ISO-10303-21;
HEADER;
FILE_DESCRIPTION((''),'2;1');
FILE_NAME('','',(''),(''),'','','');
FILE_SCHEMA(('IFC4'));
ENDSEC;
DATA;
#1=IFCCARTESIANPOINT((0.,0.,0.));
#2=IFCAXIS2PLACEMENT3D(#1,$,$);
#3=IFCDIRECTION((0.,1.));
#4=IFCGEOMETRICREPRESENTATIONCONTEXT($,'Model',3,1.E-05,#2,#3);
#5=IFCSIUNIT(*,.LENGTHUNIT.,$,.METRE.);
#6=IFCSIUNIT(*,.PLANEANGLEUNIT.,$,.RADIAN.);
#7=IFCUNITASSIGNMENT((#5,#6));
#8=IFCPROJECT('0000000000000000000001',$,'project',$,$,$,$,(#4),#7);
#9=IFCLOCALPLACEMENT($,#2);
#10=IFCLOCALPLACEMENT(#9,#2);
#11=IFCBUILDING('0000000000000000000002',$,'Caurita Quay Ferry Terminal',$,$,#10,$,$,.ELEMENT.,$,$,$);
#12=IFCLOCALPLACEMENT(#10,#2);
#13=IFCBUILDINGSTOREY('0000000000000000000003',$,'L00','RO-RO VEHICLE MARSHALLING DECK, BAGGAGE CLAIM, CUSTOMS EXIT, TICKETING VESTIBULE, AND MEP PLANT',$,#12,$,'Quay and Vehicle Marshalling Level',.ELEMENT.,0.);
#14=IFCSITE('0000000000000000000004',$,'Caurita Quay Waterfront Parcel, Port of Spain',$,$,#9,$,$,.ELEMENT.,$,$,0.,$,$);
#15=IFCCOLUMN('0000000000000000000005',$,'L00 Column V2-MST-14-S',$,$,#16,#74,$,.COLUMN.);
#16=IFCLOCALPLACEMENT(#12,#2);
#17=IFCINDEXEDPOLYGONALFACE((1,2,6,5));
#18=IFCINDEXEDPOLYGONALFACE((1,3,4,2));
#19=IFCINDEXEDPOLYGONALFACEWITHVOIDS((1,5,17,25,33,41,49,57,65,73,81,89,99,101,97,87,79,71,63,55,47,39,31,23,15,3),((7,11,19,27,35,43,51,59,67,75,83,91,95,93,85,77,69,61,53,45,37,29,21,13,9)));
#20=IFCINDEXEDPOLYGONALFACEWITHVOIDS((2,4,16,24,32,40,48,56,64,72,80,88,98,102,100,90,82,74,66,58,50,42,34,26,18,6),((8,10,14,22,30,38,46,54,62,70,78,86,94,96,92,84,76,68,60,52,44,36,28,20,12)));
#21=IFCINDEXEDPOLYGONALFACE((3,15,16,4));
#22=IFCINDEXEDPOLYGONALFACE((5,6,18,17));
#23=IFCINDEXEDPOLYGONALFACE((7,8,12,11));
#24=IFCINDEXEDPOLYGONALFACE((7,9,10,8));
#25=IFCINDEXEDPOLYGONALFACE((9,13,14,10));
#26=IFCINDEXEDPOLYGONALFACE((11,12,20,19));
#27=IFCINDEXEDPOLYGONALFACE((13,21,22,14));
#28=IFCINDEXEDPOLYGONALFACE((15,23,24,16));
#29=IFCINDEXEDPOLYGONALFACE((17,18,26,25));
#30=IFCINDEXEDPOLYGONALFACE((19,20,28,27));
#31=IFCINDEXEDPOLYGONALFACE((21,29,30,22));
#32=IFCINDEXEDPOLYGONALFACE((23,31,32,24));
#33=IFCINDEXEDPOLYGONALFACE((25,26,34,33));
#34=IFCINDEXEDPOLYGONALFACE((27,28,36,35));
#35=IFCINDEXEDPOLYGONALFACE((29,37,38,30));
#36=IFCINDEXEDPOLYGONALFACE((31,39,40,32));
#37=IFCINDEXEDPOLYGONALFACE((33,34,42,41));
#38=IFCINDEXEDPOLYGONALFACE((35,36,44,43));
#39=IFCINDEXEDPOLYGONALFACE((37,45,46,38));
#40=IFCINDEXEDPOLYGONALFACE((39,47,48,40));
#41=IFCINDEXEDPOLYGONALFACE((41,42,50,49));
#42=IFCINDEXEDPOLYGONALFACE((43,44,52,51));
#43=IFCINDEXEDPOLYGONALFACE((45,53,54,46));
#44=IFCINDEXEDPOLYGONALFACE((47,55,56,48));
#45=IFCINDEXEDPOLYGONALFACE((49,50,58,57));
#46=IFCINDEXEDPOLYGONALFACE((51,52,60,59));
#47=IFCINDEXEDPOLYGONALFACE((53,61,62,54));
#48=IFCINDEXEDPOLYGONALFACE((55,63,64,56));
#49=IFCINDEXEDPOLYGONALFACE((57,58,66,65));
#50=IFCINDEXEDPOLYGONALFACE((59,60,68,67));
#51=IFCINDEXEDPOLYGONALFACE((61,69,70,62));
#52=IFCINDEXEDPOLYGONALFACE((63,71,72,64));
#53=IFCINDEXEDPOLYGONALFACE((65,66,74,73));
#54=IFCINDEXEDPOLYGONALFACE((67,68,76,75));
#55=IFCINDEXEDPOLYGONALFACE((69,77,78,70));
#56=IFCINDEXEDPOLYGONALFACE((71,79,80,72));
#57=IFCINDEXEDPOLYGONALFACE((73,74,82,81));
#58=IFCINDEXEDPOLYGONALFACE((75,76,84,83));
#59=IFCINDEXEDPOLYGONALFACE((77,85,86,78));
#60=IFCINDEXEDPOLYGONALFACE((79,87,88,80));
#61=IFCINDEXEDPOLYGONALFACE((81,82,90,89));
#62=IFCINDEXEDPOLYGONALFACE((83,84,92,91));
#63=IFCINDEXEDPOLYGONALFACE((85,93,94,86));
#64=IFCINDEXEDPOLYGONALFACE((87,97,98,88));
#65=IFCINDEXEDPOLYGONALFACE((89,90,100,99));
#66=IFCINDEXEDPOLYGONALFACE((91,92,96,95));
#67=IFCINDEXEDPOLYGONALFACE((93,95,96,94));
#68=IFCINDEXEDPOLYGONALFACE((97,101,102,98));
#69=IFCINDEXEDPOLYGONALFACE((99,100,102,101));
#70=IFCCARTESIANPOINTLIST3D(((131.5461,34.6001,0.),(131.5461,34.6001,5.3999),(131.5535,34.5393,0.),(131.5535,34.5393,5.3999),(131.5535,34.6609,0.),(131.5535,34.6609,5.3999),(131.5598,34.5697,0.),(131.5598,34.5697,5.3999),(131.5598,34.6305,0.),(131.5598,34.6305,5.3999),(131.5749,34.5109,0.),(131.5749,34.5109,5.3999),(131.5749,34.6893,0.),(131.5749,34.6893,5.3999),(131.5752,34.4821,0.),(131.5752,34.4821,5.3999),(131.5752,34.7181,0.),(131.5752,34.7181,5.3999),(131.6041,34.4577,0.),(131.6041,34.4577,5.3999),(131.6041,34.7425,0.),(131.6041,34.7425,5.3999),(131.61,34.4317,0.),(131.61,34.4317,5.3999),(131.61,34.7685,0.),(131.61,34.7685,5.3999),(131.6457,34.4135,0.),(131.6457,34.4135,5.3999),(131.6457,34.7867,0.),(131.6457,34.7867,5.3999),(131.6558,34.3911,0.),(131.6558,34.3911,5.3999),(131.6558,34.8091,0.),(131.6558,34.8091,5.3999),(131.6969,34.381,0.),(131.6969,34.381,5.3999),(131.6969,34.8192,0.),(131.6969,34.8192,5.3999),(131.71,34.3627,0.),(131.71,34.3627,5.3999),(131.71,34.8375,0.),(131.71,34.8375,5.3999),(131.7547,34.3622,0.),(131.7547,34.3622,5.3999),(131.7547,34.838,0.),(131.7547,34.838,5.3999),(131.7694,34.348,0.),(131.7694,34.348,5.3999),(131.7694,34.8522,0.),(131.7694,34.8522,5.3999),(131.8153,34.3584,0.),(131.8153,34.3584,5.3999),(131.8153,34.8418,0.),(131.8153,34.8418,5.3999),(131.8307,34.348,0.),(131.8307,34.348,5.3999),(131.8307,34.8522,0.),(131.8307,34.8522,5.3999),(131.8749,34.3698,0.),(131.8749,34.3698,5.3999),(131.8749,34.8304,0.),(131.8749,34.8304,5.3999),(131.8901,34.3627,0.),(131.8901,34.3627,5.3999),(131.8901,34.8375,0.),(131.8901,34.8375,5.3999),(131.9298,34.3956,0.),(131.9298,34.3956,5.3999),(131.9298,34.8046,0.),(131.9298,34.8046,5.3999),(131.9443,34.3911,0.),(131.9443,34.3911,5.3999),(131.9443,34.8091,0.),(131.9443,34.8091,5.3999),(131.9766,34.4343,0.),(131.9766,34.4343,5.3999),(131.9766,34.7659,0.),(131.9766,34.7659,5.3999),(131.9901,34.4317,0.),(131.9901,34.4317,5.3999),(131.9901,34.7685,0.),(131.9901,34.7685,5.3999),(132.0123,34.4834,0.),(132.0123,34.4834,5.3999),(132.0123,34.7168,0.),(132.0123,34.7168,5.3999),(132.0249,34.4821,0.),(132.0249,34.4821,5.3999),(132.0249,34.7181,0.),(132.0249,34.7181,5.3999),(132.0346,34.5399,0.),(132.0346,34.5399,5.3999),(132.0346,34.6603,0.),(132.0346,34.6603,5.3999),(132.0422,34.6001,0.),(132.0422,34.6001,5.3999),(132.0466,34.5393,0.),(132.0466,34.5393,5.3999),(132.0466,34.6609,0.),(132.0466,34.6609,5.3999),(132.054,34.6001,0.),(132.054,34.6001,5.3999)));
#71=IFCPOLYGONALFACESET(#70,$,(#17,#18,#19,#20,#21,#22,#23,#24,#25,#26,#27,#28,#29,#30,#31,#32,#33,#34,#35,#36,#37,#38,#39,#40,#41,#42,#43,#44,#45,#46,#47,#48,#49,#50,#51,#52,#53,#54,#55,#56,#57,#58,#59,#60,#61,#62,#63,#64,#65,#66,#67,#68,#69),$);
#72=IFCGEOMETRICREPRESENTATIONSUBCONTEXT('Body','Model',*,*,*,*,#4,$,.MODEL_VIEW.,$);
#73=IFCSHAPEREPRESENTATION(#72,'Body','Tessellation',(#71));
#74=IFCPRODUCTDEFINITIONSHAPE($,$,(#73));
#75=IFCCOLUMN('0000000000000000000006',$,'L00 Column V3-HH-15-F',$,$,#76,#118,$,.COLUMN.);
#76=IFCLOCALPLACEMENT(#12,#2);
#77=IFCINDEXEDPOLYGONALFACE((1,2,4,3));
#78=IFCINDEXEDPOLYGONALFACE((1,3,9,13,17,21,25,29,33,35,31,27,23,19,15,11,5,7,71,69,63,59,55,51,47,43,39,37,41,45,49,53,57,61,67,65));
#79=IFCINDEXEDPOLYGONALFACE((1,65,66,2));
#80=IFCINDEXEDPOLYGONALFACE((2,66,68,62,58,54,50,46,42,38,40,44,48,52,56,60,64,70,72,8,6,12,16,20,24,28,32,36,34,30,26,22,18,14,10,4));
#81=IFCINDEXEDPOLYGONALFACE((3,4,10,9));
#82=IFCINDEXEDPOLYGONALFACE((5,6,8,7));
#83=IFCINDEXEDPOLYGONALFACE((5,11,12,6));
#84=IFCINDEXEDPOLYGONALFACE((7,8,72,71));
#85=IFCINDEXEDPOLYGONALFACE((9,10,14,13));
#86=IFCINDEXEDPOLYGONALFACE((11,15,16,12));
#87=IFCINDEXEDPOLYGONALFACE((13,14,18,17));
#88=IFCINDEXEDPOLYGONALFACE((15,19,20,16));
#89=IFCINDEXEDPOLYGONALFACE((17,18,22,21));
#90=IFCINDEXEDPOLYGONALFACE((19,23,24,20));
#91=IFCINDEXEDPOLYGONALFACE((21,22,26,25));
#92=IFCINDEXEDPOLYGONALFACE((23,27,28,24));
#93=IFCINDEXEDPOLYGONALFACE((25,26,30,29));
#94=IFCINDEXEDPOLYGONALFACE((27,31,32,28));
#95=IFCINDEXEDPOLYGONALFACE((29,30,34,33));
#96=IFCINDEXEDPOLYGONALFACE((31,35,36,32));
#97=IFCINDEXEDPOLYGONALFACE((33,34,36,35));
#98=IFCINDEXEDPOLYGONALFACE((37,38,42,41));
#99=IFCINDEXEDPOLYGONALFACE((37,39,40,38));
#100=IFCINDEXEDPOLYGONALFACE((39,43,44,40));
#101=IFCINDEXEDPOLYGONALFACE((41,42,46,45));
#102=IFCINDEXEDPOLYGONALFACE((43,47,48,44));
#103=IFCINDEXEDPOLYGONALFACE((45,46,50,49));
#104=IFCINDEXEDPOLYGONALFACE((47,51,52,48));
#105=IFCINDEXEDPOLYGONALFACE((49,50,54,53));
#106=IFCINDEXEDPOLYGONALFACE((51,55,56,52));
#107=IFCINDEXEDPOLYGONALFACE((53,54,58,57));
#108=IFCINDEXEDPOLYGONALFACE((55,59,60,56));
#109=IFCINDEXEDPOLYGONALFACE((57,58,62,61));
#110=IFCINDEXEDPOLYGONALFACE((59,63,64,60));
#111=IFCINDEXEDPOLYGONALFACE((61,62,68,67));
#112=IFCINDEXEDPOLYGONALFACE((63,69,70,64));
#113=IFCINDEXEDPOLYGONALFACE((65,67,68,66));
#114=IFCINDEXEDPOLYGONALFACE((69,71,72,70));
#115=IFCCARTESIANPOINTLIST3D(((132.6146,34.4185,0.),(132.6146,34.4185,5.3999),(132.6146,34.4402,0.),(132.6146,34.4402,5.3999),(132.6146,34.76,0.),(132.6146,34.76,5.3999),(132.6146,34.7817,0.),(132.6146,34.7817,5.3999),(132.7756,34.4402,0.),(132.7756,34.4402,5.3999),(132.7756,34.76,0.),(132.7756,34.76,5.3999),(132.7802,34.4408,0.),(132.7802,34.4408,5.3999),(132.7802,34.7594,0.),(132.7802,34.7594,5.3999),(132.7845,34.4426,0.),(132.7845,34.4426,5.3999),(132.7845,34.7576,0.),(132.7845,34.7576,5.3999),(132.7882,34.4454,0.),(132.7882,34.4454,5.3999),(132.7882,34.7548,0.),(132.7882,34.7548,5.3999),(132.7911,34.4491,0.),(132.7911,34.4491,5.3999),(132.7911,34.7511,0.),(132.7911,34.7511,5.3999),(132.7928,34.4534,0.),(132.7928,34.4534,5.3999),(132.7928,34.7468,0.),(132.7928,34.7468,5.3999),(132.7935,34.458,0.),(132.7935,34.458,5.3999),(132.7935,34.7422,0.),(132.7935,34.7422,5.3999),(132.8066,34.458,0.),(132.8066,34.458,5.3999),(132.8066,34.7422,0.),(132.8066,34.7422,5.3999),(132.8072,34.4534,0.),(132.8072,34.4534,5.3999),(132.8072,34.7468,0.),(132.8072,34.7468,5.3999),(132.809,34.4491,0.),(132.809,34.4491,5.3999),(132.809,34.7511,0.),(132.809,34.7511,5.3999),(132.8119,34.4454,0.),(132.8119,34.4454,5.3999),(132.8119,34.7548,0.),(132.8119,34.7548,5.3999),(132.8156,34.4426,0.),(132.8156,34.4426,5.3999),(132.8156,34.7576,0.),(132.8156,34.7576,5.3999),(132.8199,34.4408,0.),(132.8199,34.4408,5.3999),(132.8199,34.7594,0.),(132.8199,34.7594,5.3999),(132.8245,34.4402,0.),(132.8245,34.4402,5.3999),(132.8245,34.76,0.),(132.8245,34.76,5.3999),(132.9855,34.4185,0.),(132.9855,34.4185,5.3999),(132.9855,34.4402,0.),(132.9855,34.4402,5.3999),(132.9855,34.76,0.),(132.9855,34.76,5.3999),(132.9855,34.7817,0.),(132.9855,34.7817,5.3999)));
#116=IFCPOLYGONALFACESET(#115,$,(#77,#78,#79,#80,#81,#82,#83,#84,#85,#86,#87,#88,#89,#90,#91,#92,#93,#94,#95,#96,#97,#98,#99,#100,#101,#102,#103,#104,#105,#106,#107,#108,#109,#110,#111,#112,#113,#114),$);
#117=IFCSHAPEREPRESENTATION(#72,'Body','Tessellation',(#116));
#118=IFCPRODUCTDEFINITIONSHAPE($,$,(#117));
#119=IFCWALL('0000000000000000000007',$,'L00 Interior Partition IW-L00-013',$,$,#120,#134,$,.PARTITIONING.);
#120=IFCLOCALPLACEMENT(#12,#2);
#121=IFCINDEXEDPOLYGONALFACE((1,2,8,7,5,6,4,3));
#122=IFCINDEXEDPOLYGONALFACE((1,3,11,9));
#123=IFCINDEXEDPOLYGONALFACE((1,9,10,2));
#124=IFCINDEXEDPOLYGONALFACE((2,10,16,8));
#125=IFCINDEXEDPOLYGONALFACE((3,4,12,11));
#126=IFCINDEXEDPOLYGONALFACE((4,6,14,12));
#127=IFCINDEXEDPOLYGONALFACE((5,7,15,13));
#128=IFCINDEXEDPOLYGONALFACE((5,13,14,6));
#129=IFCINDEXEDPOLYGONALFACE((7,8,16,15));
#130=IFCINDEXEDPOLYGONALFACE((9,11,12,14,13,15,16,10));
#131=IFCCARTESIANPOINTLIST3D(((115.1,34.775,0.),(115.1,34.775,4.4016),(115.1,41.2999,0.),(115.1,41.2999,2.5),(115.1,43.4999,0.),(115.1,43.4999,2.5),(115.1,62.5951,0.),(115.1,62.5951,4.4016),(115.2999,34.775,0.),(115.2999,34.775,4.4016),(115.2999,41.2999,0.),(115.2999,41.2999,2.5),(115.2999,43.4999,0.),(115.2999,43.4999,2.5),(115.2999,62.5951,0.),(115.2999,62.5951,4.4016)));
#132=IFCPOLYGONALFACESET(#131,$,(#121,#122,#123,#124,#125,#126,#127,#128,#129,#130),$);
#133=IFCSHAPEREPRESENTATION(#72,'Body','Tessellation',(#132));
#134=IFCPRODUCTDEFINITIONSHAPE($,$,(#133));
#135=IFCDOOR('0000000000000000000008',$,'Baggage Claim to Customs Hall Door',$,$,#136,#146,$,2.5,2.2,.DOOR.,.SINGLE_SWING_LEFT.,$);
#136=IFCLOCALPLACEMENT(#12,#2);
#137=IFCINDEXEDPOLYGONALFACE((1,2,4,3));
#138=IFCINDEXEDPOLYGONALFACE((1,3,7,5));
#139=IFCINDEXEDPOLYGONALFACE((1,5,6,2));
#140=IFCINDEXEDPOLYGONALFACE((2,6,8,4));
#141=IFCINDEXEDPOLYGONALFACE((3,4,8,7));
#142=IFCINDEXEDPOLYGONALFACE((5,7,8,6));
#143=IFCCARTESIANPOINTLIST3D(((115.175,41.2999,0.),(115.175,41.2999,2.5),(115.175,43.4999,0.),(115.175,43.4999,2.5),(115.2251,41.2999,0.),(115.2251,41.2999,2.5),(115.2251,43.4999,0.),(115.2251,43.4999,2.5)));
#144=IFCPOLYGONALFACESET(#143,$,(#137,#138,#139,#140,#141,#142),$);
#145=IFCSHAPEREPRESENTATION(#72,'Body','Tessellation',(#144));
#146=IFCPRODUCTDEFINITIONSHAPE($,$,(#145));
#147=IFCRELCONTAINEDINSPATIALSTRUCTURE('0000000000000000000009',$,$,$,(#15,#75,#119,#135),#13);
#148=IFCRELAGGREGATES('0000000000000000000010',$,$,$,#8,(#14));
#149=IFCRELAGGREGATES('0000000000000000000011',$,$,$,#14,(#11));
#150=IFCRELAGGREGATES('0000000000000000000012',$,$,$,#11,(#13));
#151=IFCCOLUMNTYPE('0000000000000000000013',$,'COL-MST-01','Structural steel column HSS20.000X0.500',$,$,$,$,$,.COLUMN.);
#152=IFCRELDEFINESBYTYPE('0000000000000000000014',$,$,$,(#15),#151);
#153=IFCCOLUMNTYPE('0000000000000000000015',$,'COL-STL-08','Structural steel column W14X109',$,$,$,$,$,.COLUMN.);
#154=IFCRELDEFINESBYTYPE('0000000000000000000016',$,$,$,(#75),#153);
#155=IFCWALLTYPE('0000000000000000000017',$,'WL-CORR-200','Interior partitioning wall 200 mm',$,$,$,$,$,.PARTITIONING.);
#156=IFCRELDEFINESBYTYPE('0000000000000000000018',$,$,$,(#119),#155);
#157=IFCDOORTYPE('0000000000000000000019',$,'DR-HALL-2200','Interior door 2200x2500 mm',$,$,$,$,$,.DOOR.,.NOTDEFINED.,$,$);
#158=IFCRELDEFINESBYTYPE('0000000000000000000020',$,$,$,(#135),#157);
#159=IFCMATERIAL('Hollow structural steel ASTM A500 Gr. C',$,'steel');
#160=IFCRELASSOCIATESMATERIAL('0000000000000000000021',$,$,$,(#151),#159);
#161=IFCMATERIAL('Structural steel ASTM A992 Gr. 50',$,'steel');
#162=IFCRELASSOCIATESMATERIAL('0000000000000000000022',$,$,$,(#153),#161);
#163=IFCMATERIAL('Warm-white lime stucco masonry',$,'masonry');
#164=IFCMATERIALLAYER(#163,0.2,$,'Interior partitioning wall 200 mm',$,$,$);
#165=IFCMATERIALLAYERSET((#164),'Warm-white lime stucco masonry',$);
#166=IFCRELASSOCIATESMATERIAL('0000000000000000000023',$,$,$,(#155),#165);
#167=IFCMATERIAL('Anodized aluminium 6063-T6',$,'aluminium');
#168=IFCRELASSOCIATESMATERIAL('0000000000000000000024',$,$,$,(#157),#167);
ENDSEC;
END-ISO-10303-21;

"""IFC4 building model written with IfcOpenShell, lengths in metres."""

from ifc_helpers import new_model, si_unit, direction, frame, frame_2d, origin, origin_2d, place, context, subcontext, project, spatial, rectangle, hollow_circle, i_section, extrude, material, layer, layer_set, material_profile, profile_set, type_object, element, fill, save


model = new_model("IFC4")

# Units and contexts
model_context = context("Model", 3, precision=1e-05, world=origin(), true_north=direction((0.0, 1.0)))
body_context = subcontext(model_context, "Body", "Model", "MODEL_VIEW")
ifc_project = project(units=[si_unit("LENGTHUNIT", "METRE"), si_unit("PLANEANGLEUNIT", "RADIAN")], contexts=[model_context])

# Site, building, storey
site_placement = place(None, origin())
site = spatial("IfcSite", under=ifc_project, at=site_placement, Name="Caurita Quay Waterfront Parcel, Port of Spain", CompositionType="ELEMENT", RefElevation=0.0)
building_placement = place(site_placement, origin())
building = spatial("IfcBuilding", under=site, at=building_placement, Name="Caurita Quay Ferry Terminal", CompositionType="ELEMENT")
storey_placement = place(building_placement, origin())
storey = spatial("IfcBuildingStorey", under=building, at=storey_placement, Name="L00", Description="RO-RO VEHICLE MARSHALLING DECK, BAGGAGE CLAIM, CUSTOMS EXIT, TICKETING VESTIBULE, AND MEP PLANT", LongName="Quay and Vehicle Marshalling Level", CompositionType="ELEMENT", Elevation=0.0)

# Columns
ifc_material_1 = material(Name="Hollow structural steel ASTM A500 Gr. C", Category="steel")
ifc_material_profile_1 = material_profile(ifc_material_1, hollow_circle(Radius=0.2539, WallThickness=0.0117, at=origin_2d()), Name="HSS20.000X0.500")
ifc_profile_set_1 = profile_set([ifc_material_profile_1], Name="Hollow structural steel ASTM A500 Gr. C")
column_type_1 = type_object("IfcColumnType", Name="COL-MST-01", Description="Structural steel column HSS20.000X0.500", PredefinedType="COLUMN", material=ifc_profile_set_1)
for number, where, z_axis, x_axis, name in (
    (1, (131.8, 34.6001, 0.0), (0.0, 0.0, 1.0), (1.0, 0.0, 0.0), "L00 Column V2-MST-14-S"),
):
    element("IfcColumn", number, at=place(storey_placement, frame(where, z_axis=z_axis, x_axis=x_axis)), inside=storey, type_object=column_type_1, Name=name, PredefinedType="COLUMN", context=body_context, shape_type="SweptSolid", body=[
        extrude(hollow_circle(Radius=0.2539, WallThickness=0.0117, at=origin_2d()), origin(), (0.0, 0.0, 1.0), 5.3999),
    ])
ifc_material_2 = material(Name="Structural steel ASTM A992 Gr. 50", Category="steel")
ifc_material_profile_2 = material_profile(ifc_material_2, i_section(OverallWidth=0.3708, OverallDepth=0.3633, WebThickness=0.0132, FlangeThickness=0.0217, FilletRadius=0.0178, at=origin_2d()), Name="W14X109")
ifc_profile_set_2 = profile_set([ifc_material_profile_2], Name="Structural steel ASTM A992 Gr. 50")
column_type_2 = type_object("IfcColumnType", Name="COL-STL-08", Description="Structural steel column W14X109", PredefinedType="COLUMN", material=ifc_profile_set_2)
column_1_placement = place(storey_placement, frame((132.8, 34.6001, 0.0), z_axis=(0.0, 0.0, 1.0), x_axis=(1.0, 0.0, 0.0)))
element("IfcColumn", 2, at=column_1_placement, inside=storey, type_object=column_type_2, Name="L00 Column V3-HH-15-F", PredefinedType="COLUMN", context=body_context, shape_type="SweptSolid", body=[
    extrude(i_section(OverallWidth=0.3708, OverallDepth=0.3633, WebThickness=0.0132, FlangeThickness=0.0217, FilletRadius=0.0178, at=origin_2d()), origin(), (0.0, 0.0, 1.0), 5.3999),
])

# Wall, opening, door
ifc_material_3 = material(Name="Warm-white lime stucco masonry", Category="masonry")
ifc_layer_1 = layer(ifc_material_3, 0.2, Name="Interior partitioning wall 200 mm")
ifc_layer_set_1 = layer_set([ifc_layer_1], Name="Warm-white lime stucco masonry")
wall_type_1 = type_object("IfcWallType", Name="WL-CORR-200", Description="Interior partitioning wall 200 mm", PredefinedType="PARTITIONING", material=ifc_layer_set_1)
wall_1_placement = place(storey_placement, frame((115.2, 34.7749, 0.0), z_axis=(0.0, 0.0, 1.0), x_axis=(0.0, 1.0, 0.0)))
wall_1 = element("IfcWall", 3, at=wall_1_placement, inside=storey, type_object=wall_type_1, Name="L00 Interior Partition IW-L00-013", PredefinedType="PARTITIONING", context=body_context, shape_type="SweptSolid", body=[
    extrude(rectangle(XDim=27.8201, YDim=0.2, at=frame_2d((13.9102, 0.0))), origin(), (0.0, 0.0, 1.0), 4.4016),
])
opening_1_placement = place(wall_1_placement, frame((6.5249, 0.0, 0.0)))
opening_1 = element("IfcOpeningElement", 4, at=opening_1_placement, cuts=wall_1, PredefinedType="OPENING", context=body_context, shape_type="SweptSolid", body=[
    extrude(rectangle(XDim=2.2, YDim=2.5, at=frame_2d((1.1001, 1.25))), frame((0.0, 0.1099, 0.0), z_axis=(0.0, -1.0, 0.0), x_axis=(1.0, 0.0, 0.0)), (0.0, 0.0, 1.0), 0.22),
])
ifc_material_4 = material(Name="Anodized aluminium 6063-T6", Category="aluminium")
door_type = type_object("IfcDoorType", Name="DR-HALL-2200", Description="Interior door 2200x2500 mm", OperationType="NOTDEFINED", PredefinedType="DOOR", material=ifc_material_4)
door_placement = place(opening_1_placement, origin())
door = element("IfcDoor", 5, at=door_placement, inside=storey, type_object=door_type, Name="Baggage Claim to Customs Hall Door", OperationType="SINGLE_SWING_LEFT", OverallHeight=2.5, OverallWidth=2.2, PredefinedType="DOOR", context=body_context, shape_type="SweptSolid", body=[
    extrude(rectangle(XDim=2.2, YDim=2.5, at=frame_2d((1.1001, 1.25))), frame((0.0, 0.0249, 0.0), z_axis=(0.0, -1.0, 0.0), x_axis=(1.0, 0.0, 0.0)), (0.0, 0.0, 1.0), 0.05),
])
fill(opening_1, door)

save(model, "model.ifc")
